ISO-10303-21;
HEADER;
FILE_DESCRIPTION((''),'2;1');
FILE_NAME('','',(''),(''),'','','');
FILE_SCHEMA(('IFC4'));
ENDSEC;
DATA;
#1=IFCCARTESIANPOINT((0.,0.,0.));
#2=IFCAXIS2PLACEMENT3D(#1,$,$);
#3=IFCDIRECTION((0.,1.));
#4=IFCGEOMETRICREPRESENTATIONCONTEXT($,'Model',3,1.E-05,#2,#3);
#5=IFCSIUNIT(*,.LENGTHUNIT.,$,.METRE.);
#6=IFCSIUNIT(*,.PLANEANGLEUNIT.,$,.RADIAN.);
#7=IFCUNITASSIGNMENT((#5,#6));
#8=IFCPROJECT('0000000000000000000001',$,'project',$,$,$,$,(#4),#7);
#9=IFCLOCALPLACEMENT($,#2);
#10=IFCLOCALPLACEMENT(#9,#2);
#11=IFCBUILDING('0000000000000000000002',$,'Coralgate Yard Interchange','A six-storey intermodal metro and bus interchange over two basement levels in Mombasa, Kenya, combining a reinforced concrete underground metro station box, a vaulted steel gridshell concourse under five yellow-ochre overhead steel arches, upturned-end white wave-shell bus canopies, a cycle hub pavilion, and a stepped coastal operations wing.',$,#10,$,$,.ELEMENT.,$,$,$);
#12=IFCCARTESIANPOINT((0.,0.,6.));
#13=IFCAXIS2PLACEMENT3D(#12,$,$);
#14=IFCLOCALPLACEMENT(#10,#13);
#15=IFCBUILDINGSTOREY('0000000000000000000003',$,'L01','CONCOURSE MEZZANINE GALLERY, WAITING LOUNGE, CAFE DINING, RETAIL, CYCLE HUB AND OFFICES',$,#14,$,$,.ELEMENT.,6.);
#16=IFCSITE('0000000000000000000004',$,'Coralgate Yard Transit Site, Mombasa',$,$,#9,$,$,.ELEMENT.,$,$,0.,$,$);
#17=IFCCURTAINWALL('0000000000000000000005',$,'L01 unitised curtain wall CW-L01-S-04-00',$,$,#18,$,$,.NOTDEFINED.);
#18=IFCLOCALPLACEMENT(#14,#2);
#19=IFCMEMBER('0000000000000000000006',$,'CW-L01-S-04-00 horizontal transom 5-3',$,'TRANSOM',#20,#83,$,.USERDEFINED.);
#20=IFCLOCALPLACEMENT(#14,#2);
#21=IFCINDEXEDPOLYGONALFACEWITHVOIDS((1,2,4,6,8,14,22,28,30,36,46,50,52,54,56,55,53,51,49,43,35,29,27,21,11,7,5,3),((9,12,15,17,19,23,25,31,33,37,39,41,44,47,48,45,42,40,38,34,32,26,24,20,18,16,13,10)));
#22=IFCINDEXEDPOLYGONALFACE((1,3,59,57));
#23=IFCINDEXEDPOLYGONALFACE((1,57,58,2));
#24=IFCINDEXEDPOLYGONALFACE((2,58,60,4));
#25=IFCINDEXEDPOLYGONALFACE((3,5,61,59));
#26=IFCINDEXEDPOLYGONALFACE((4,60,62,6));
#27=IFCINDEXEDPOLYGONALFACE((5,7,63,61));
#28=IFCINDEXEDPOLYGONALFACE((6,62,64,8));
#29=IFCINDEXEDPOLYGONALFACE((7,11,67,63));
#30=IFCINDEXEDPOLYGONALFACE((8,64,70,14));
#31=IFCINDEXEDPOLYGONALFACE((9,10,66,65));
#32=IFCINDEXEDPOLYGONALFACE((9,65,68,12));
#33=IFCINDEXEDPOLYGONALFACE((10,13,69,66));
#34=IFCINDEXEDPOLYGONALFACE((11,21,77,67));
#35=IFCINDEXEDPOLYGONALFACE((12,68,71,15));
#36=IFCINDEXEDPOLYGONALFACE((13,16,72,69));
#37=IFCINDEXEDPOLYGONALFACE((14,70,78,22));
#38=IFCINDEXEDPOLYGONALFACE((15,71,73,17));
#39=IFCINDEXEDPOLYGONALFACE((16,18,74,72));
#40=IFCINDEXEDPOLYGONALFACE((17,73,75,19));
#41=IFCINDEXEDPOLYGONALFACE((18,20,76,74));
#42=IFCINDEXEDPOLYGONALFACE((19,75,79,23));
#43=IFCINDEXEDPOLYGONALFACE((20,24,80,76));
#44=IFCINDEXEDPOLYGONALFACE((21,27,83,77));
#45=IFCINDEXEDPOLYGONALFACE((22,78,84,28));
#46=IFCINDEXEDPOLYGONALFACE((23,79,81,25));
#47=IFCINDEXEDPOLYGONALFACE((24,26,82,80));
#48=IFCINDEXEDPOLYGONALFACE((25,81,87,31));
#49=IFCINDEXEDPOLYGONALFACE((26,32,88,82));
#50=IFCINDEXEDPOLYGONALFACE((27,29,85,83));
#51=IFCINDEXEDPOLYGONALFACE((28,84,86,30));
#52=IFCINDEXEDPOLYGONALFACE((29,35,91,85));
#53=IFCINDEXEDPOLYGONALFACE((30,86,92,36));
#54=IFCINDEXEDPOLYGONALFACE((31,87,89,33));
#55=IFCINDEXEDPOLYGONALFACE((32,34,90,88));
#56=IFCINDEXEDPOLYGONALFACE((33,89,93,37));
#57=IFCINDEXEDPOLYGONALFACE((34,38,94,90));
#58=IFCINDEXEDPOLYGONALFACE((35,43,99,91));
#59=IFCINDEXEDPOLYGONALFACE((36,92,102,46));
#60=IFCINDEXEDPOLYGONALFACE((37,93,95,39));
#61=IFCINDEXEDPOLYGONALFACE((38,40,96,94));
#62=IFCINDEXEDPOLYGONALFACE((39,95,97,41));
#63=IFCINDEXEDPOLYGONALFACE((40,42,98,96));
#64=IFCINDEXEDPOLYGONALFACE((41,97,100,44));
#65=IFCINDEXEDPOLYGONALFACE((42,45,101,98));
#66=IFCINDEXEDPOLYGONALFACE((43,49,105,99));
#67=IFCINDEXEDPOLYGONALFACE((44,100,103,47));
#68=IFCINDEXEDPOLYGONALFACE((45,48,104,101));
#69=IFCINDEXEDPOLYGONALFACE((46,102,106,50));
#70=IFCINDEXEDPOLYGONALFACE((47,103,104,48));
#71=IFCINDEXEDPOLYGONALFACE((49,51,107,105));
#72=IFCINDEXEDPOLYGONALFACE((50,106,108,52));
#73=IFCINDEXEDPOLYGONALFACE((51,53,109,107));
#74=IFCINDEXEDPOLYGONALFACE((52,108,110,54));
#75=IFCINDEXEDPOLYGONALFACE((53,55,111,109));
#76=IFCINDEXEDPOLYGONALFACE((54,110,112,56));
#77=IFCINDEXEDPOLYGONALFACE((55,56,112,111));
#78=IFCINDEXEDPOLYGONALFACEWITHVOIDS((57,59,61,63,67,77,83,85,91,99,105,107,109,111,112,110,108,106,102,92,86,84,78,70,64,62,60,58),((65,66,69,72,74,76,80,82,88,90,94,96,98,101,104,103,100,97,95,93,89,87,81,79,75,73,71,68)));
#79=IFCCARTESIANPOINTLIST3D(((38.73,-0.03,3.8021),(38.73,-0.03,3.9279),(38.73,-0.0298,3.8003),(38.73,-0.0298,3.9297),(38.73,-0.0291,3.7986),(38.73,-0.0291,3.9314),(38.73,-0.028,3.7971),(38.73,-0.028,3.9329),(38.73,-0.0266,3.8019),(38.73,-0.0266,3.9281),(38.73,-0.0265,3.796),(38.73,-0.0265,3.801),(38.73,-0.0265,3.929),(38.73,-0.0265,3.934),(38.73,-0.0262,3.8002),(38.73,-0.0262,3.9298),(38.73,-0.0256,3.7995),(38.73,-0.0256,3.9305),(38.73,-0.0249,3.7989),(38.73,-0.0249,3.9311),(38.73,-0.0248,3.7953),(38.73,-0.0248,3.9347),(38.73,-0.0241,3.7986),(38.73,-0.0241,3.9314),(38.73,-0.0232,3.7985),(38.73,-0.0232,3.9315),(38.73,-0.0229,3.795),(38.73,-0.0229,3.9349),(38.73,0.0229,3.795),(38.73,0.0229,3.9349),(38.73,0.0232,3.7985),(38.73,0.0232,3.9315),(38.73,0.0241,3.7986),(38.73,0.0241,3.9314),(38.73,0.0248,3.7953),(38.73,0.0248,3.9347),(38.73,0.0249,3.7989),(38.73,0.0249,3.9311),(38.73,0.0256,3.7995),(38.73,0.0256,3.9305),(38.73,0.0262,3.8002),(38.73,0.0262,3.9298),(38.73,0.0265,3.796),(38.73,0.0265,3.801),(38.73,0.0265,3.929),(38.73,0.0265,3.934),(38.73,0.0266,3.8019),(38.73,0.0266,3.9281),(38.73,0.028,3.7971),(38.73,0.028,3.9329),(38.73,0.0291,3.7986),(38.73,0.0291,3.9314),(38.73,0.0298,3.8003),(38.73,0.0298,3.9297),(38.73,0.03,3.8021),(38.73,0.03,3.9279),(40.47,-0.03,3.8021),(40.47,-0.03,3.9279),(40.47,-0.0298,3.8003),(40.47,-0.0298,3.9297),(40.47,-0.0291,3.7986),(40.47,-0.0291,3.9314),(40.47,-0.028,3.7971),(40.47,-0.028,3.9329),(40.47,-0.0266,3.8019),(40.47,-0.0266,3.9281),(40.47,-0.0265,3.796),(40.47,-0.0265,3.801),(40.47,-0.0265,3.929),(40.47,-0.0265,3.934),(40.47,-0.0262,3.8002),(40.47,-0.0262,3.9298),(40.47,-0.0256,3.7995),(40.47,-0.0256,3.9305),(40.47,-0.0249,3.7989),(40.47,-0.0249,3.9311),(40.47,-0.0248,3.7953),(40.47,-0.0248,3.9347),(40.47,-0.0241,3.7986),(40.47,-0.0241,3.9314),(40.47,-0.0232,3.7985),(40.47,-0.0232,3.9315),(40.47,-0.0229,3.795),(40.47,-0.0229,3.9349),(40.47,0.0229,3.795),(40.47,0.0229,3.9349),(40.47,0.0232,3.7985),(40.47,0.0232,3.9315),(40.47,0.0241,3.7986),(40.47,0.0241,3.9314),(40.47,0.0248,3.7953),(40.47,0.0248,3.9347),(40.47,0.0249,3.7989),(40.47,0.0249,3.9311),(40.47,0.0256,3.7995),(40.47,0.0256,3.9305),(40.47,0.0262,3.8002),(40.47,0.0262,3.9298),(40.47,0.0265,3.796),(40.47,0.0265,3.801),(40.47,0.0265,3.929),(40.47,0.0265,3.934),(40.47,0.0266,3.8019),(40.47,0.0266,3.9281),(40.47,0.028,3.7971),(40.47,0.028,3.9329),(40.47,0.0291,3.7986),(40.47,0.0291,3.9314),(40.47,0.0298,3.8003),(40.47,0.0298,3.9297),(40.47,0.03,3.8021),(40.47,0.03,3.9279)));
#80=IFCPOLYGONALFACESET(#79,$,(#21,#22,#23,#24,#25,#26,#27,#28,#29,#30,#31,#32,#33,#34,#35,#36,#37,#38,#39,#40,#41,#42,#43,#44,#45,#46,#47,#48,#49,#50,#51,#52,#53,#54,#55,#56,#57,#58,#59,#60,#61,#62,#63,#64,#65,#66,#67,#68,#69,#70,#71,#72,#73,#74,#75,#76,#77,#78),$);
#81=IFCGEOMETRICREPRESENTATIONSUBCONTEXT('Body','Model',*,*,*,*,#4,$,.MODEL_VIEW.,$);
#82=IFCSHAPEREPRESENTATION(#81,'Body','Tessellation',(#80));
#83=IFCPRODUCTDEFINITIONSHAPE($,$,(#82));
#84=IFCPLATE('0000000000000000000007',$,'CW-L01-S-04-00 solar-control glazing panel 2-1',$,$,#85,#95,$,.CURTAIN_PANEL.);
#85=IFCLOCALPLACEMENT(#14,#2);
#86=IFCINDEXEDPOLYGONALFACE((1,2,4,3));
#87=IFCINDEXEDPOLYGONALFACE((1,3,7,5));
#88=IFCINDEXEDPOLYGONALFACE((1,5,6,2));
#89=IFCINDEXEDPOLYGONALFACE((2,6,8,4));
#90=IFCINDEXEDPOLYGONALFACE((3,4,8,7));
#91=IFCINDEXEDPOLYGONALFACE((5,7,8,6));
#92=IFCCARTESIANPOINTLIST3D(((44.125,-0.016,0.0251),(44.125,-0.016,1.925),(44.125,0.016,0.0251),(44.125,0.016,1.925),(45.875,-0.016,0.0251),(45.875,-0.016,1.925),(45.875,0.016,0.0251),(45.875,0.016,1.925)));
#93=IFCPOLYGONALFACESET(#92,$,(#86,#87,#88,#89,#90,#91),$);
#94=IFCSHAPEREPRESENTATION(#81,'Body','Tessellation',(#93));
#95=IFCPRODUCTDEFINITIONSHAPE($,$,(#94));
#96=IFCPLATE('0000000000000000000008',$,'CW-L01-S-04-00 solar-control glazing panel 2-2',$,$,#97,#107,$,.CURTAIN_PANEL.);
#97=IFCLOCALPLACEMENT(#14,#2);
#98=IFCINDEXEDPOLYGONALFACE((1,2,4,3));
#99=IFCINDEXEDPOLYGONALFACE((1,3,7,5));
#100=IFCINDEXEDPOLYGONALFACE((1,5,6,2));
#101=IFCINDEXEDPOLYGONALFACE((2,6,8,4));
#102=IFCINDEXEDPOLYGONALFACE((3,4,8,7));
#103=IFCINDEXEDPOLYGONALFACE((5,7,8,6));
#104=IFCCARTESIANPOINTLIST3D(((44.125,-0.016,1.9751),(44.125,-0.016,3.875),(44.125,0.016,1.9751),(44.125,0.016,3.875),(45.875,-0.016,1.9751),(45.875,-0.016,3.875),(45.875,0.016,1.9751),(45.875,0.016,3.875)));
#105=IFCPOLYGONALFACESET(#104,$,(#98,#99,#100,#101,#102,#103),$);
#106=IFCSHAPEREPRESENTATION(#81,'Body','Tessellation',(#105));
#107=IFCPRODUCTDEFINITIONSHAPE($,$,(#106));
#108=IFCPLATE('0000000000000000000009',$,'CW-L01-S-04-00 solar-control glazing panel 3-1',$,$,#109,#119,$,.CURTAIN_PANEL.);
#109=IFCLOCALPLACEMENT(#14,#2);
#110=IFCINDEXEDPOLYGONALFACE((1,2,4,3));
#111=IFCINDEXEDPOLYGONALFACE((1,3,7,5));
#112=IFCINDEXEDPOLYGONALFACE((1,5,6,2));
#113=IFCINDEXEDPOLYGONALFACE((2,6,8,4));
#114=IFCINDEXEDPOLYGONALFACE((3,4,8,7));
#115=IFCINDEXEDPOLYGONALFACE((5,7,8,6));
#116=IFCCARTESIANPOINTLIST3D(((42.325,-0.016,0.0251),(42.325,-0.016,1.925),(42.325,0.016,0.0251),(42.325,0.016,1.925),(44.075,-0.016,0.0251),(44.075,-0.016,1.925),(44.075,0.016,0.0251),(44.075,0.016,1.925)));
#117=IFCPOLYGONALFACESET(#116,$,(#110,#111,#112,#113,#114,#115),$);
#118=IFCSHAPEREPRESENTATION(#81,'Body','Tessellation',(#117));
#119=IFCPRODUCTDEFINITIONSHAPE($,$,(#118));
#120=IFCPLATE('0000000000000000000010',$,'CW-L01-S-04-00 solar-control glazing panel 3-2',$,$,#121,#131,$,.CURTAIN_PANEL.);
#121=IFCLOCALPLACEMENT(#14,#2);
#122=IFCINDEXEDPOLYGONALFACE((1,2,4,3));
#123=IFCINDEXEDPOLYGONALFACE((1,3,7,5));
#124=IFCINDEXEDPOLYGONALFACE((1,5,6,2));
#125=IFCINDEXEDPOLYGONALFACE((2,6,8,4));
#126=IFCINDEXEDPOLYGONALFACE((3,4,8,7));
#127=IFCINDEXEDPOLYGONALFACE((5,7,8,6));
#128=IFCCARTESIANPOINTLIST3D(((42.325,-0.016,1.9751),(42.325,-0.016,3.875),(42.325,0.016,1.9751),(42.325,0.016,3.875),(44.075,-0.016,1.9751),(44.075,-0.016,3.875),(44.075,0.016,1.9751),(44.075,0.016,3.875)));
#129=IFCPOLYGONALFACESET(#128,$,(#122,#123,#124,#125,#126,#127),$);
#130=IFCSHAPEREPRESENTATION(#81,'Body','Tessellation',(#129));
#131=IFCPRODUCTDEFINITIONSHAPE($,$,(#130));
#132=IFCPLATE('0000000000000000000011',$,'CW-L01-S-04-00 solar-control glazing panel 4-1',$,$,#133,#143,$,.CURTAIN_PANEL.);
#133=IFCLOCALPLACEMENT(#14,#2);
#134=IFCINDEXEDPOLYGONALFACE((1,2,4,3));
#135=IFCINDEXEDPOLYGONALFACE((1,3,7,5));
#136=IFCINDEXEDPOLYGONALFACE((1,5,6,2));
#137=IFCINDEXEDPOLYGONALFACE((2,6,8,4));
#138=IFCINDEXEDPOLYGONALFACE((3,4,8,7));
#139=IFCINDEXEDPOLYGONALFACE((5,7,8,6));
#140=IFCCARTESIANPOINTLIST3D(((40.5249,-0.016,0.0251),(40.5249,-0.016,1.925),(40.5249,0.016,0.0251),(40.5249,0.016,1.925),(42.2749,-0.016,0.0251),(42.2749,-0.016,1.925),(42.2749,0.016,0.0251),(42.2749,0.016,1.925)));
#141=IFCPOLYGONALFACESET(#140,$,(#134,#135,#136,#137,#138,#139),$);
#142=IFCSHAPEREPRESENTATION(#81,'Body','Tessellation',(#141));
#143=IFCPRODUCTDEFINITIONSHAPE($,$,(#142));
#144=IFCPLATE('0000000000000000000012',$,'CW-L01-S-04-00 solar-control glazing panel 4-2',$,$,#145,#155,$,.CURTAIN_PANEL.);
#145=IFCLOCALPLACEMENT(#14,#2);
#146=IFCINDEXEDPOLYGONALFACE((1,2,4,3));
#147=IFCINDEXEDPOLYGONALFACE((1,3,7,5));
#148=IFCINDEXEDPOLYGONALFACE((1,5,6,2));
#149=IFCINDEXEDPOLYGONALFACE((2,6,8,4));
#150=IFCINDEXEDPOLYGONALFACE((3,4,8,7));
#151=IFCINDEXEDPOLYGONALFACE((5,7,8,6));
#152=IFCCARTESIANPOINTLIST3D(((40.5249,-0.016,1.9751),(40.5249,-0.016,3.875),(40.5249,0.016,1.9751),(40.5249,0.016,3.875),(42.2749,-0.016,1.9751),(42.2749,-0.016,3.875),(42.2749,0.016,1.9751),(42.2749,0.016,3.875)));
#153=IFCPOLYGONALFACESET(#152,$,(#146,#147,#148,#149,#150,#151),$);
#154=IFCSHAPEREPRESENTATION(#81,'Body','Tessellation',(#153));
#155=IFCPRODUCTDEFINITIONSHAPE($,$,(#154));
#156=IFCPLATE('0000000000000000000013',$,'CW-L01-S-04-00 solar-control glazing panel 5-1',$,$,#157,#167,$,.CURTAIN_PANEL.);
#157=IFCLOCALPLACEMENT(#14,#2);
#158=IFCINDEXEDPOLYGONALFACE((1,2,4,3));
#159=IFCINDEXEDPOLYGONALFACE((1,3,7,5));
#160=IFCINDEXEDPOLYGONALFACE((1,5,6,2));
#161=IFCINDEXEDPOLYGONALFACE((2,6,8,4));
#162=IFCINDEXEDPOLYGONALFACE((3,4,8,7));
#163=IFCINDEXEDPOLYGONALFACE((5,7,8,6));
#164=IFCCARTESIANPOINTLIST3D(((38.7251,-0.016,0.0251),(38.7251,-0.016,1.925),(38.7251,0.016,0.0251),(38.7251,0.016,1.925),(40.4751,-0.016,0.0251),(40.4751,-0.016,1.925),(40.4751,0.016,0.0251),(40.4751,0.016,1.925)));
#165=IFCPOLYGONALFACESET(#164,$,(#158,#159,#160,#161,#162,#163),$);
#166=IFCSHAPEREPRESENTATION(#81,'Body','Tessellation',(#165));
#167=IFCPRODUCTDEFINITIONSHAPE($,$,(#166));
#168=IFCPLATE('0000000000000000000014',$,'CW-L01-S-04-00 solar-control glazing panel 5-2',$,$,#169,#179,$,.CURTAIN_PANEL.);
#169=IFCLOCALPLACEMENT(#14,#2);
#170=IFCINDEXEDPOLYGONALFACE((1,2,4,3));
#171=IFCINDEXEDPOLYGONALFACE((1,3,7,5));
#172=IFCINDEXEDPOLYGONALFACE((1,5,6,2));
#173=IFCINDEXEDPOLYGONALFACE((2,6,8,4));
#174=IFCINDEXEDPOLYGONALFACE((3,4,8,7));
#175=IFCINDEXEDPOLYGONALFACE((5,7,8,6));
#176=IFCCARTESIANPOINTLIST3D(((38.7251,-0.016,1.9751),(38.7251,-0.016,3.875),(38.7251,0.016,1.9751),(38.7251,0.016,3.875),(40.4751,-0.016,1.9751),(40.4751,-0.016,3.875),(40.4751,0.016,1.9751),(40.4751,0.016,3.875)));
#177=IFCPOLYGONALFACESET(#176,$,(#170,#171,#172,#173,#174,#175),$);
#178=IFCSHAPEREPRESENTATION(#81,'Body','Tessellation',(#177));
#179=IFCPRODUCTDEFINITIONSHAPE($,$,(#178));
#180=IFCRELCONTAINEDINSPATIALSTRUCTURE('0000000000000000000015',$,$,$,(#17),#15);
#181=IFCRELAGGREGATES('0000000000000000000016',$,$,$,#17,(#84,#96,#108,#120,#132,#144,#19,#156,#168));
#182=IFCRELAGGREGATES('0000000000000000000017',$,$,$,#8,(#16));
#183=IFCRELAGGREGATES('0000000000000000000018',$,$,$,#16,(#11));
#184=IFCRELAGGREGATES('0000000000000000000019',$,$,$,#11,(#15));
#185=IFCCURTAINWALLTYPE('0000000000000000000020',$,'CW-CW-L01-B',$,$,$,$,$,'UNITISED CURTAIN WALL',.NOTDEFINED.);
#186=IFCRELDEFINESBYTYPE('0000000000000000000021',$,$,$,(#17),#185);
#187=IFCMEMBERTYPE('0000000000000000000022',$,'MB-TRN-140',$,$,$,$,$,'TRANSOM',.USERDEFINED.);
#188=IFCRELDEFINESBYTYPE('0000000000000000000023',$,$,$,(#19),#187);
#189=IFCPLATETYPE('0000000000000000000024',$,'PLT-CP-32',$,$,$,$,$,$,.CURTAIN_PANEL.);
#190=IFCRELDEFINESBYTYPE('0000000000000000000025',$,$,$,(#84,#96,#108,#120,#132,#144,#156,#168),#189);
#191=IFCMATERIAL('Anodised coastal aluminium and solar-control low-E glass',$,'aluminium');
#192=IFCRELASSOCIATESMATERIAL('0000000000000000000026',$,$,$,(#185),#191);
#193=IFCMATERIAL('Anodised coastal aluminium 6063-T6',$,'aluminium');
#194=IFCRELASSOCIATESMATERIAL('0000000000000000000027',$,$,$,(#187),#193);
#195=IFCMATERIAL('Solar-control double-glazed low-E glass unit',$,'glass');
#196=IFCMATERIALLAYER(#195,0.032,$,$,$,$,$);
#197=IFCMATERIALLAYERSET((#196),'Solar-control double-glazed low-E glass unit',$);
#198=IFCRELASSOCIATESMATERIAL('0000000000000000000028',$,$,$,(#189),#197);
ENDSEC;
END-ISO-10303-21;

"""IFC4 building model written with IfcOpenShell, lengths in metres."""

from ifc_helpers import new_model, si_unit, direction, frame, origin, origin_2d, place, context, subcontext, project, spatial, rectangle, hollow_rectangle, extrude, material, layer, layer_set, material_profile, profile_set, type_object, element, aggregate, save


model = new_model("IFC4")

# Units and contexts
model_context = context("Model", 3, precision=1e-05, world=origin(), true_north=direction((0.0, 1.0)))
body_context = subcontext(model_context, "Body", "Model", "MODEL_VIEW")
ifc_project = project(units=[si_unit("LENGTHUNIT", "METRE"), si_unit("PLANEANGLEUNIT", "RADIAN")], contexts=[model_context])

# Site, building, storey
site_placement = place(None, origin())
site = spatial("IfcSite", under=ifc_project, at=site_placement, Name="Coralgate Yard Transit Site, Mombasa", CompositionType="ELEMENT", RefElevation=0.0)
building_placement = place(site_placement, origin())
building = spatial("IfcBuilding", under=site, at=building_placement, Name="Coralgate Yard Interchange", Description="A six-storey intermodal metro and bus interchange over two basement levels in Mombasa, Kenya, combining a reinforced concrete underground metro station box, a vaulted steel gridshell concourse under five yellow-ochre overhead steel arches, upturned-end white wave-shell bus canopies, a cycle hub pavilion, and a stepped coastal operations wing.", CompositionType="ELEMENT")
storey_placement = place(building_placement, frame((0.0, 0.0, 6.0)))
storey = spatial("IfcBuildingStorey", under=building, at=storey_placement, Name="L01", Description="CONCOURSE MEZZANINE GALLERY, WAITING LOUNGE, CAFE DINING, RETAIL, CYCLE HUB AND OFFICES", CompositionType="ELEMENT", Elevation=6.0)

# Curtain wall, member, plates
ifc_material_1 = material(Name="Anodised coastal aluminium and solar-control low-E glass", Category="aluminium")
curtain_wall_type = type_object("IfcCurtainWallType", Name="CW-CW-L01-B", ElementType="UNITISED CURTAIN WALL", PredefinedType="NOTDEFINED", material=ifc_material_1)
curtain_wall_placement = place(storey_placement, origin())
curtain_wall = element("IfcCurtainWall", 1, at=curtain_wall_placement, inside=storey, type_object=curtain_wall_type, Name="L01 unitised curtain wall CW-L01-S-04-00", PredefinedType="NOTDEFINED")
ifc_material_2 = material(Name="Anodised coastal aluminium 6063-T6", Category="aluminium")
ifc_material_profile_1 = material_profile(ifc_material_2, hollow_rectangle(XDim=0.0601, YDim=0.1399, WallThickness=0.0034, InnerFilletRadius=0.0034, OuterFilletRadius=0.0071, at=origin_2d()), Name="ALU 60x140x3.5")
ifc_profile_set_1 = profile_set([ifc_material_profile_1], Name="Anodised coastal aluminium 6063-T6")
member_type_1 = type_object("IfcMemberType", Name="MB-TRN-140", ElementType="TRANSOM", PredefinedType="USERDEFINED", material=ifc_profile_set_1)
member_1_placement = place(storey_placement, frame((40.47, 0.0, 3.865), z_axis=(-1.0, 0.0, 0.0), x_axis=(0.0, -1.0, 0.0)))
member_1 = element("IfcMember", 2, at=member_1_placement, type_object=member_type_1, Name="CW-L01-S-04-00 horizontal transom 5-3", ObjectType="TRANSOM", PredefinedType="USERDEFINED", context=body_context, shape_type="SweptSolid", body=[
    extrude(hollow_rectangle(XDim=0.0601, YDim=0.1399, WallThickness=0.0034, InnerFilletRadius=0.0034, OuterFilletRadius=0.0071, at=origin_2d()), origin(), (0.0, 0.0, 1.0), 1.74),
])
ifc_material_3 = material(Name="Solar-control double-glazed low-E glass unit", Category="glass")
ifc_layer = layer(ifc_material_3, 0.032)
ifc_layer_set = layer_set([ifc_layer], Name="Solar-control double-glazed low-E glass unit")
plate_type = type_object("IfcPlateType", Name="PLT-CP-32", PredefinedType="CURTAIN_PANEL", material=ifc_layer_set)
plate_1_placement = place(storey_placement, frame((45.0, 0.0, 0.0251), z_axis=(0.0, 0.0, 1.0), x_axis=(-1.0, 0.0, 0.0)))
plate_1 = element("IfcPlate", 3, at=plate_1_placement, type_object=plate_type, Name="CW-L01-S-04-00 solar-control glazing panel 2-1", PredefinedType="CURTAIN_PANEL", context=body_context, shape_type="SweptSolid", body=[
    extrude(rectangle(XDim=1.75, YDim=0.032, at=origin_2d()), origin(), (0.0, 0.0, 1.0), 1.8999),
])
plate_2_placement = place(storey_placement, frame((45.0, 0.0, 1.9751), z_axis=(0.0, 0.0, 1.0), x_axis=(-1.0, 0.0, 0.0)))
plate_2 = element("IfcPlate", 4, at=plate_2_placement, type_object=plate_type, Name="CW-L01-S-04-00 solar-control glazing panel 2-2", PredefinedType="CURTAIN_PANEL", context=body_context, shape_type="SweptSolid", body=[
    extrude(rectangle(XDim=1.75, YDim=0.032, at=origin_2d()), origin(), (0.0, 0.0, 1.0), 1.8999),
])
plate_3_placement = place(storey_placement, frame((43.2, 0.0, 0.0251), z_axis=(0.0, 0.0, 1.0), x_axis=(-1.0, 0.0, 0.0)))
plate_3 = element("IfcPlate", 5, at=plate_3_placement, type_object=plate_type, Name="CW-L01-S-04-00 solar-control glazing panel 3-1", PredefinedType="CURTAIN_PANEL", context=body_context, shape_type="SweptSolid", body=[
    extrude(rectangle(XDim=1.75, YDim=0.032, at=origin_2d()), origin(), (0.0, 0.0, 1.0), 1.8999),
])
plate_4_placement = place(storey_placement, frame((43.2, 0.0, 1.9751), z_axis=(0.0, 0.0, 1.0), x_axis=(-1.0, 0.0, 0.0)))
plate_4 = element("IfcPlate", 6, at=plate_4_placement, type_object=plate_type, Name="CW-L01-S-04-00 solar-control glazing panel 3-2", PredefinedType="CURTAIN_PANEL", context=body_context, shape_type="SweptSolid", body=[
    extrude(rectangle(XDim=1.75, YDim=0.032, at=origin_2d()), origin(), (0.0, 0.0, 1.0), 1.8999),
])
plate_5_placement = place(storey_placement, frame((41.3999, 0.0, 0.0251), z_axis=(0.0, 0.0, 1.0), x_axis=(-1.0, 0.0, 0.0)))
plate_5 = element("IfcPlate", 7, at=plate_5_placement, type_object=plate_type, Name="CW-L01-S-04-00 solar-control glazing panel 4-1", PredefinedType="CURTAIN_PANEL", context=body_context, shape_type="SweptSolid", body=[
    extrude(rectangle(XDim=1.75, YDim=0.032, at=origin_2d()), origin(), (0.0, 0.0, 1.0), 1.8999),
])
plate_6_placement = place(storey_placement, frame((41.3999, 0.0, 1.9751), z_axis=(0.0, 0.0, 1.0), x_axis=(-1.0, 0.0, 0.0)))
plate_6 = element("IfcPlate", 8, at=plate_6_placement, type_object=plate_type, Name="CW-L01-S-04-00 solar-control glazing panel 4-2", PredefinedType="CURTAIN_PANEL", context=body_context, shape_type="SweptSolid", body=[
    extrude(rectangle(XDim=1.75, YDim=0.032, at=origin_2d()), origin(), (0.0, 0.0, 1.0), 1.8999),
])
plate_7_placement = place(storey_placement, frame((39.6001, 0.0, 0.0251), z_axis=(0.0, 0.0, 1.0), x_axis=(-1.0, 0.0, 0.0)))
plate_7 = element("IfcPlate", 9, at=plate_7_placement, type_object=plate_type, Name="CW-L01-S-04-00 solar-control glazing panel 5-1", PredefinedType="CURTAIN_PANEL", context=body_context, shape_type="SweptSolid", body=[
    extrude(rectangle(XDim=1.75, YDim=0.032, at=origin_2d()), origin(), (0.0, 0.0, 1.0), 1.8999),
])
plate_8_placement = place(storey_placement, frame((39.6001, 0.0, 1.9751), z_axis=(0.0, 0.0, 1.0), x_axis=(-1.0, 0.0, 0.0)))
plate_8 = element("IfcPlate", 10, at=plate_8_placement, type_object=plate_type, Name="CW-L01-S-04-00 solar-control glazing panel 5-2", PredefinedType="CURTAIN_PANEL", context=body_context, shape_type="SweptSolid", body=[
    extrude(rectangle(XDim=1.75, YDim=0.032, at=origin_2d()), origin(), (0.0, 0.0, 1.0), 1.8999),
])
aggregate(curtain_wall, [plate_1, plate_2, plate_3, plate_4, plate_5, plate_6, member_1, plate_7, plate_8])

save(model, "model.ifc")
